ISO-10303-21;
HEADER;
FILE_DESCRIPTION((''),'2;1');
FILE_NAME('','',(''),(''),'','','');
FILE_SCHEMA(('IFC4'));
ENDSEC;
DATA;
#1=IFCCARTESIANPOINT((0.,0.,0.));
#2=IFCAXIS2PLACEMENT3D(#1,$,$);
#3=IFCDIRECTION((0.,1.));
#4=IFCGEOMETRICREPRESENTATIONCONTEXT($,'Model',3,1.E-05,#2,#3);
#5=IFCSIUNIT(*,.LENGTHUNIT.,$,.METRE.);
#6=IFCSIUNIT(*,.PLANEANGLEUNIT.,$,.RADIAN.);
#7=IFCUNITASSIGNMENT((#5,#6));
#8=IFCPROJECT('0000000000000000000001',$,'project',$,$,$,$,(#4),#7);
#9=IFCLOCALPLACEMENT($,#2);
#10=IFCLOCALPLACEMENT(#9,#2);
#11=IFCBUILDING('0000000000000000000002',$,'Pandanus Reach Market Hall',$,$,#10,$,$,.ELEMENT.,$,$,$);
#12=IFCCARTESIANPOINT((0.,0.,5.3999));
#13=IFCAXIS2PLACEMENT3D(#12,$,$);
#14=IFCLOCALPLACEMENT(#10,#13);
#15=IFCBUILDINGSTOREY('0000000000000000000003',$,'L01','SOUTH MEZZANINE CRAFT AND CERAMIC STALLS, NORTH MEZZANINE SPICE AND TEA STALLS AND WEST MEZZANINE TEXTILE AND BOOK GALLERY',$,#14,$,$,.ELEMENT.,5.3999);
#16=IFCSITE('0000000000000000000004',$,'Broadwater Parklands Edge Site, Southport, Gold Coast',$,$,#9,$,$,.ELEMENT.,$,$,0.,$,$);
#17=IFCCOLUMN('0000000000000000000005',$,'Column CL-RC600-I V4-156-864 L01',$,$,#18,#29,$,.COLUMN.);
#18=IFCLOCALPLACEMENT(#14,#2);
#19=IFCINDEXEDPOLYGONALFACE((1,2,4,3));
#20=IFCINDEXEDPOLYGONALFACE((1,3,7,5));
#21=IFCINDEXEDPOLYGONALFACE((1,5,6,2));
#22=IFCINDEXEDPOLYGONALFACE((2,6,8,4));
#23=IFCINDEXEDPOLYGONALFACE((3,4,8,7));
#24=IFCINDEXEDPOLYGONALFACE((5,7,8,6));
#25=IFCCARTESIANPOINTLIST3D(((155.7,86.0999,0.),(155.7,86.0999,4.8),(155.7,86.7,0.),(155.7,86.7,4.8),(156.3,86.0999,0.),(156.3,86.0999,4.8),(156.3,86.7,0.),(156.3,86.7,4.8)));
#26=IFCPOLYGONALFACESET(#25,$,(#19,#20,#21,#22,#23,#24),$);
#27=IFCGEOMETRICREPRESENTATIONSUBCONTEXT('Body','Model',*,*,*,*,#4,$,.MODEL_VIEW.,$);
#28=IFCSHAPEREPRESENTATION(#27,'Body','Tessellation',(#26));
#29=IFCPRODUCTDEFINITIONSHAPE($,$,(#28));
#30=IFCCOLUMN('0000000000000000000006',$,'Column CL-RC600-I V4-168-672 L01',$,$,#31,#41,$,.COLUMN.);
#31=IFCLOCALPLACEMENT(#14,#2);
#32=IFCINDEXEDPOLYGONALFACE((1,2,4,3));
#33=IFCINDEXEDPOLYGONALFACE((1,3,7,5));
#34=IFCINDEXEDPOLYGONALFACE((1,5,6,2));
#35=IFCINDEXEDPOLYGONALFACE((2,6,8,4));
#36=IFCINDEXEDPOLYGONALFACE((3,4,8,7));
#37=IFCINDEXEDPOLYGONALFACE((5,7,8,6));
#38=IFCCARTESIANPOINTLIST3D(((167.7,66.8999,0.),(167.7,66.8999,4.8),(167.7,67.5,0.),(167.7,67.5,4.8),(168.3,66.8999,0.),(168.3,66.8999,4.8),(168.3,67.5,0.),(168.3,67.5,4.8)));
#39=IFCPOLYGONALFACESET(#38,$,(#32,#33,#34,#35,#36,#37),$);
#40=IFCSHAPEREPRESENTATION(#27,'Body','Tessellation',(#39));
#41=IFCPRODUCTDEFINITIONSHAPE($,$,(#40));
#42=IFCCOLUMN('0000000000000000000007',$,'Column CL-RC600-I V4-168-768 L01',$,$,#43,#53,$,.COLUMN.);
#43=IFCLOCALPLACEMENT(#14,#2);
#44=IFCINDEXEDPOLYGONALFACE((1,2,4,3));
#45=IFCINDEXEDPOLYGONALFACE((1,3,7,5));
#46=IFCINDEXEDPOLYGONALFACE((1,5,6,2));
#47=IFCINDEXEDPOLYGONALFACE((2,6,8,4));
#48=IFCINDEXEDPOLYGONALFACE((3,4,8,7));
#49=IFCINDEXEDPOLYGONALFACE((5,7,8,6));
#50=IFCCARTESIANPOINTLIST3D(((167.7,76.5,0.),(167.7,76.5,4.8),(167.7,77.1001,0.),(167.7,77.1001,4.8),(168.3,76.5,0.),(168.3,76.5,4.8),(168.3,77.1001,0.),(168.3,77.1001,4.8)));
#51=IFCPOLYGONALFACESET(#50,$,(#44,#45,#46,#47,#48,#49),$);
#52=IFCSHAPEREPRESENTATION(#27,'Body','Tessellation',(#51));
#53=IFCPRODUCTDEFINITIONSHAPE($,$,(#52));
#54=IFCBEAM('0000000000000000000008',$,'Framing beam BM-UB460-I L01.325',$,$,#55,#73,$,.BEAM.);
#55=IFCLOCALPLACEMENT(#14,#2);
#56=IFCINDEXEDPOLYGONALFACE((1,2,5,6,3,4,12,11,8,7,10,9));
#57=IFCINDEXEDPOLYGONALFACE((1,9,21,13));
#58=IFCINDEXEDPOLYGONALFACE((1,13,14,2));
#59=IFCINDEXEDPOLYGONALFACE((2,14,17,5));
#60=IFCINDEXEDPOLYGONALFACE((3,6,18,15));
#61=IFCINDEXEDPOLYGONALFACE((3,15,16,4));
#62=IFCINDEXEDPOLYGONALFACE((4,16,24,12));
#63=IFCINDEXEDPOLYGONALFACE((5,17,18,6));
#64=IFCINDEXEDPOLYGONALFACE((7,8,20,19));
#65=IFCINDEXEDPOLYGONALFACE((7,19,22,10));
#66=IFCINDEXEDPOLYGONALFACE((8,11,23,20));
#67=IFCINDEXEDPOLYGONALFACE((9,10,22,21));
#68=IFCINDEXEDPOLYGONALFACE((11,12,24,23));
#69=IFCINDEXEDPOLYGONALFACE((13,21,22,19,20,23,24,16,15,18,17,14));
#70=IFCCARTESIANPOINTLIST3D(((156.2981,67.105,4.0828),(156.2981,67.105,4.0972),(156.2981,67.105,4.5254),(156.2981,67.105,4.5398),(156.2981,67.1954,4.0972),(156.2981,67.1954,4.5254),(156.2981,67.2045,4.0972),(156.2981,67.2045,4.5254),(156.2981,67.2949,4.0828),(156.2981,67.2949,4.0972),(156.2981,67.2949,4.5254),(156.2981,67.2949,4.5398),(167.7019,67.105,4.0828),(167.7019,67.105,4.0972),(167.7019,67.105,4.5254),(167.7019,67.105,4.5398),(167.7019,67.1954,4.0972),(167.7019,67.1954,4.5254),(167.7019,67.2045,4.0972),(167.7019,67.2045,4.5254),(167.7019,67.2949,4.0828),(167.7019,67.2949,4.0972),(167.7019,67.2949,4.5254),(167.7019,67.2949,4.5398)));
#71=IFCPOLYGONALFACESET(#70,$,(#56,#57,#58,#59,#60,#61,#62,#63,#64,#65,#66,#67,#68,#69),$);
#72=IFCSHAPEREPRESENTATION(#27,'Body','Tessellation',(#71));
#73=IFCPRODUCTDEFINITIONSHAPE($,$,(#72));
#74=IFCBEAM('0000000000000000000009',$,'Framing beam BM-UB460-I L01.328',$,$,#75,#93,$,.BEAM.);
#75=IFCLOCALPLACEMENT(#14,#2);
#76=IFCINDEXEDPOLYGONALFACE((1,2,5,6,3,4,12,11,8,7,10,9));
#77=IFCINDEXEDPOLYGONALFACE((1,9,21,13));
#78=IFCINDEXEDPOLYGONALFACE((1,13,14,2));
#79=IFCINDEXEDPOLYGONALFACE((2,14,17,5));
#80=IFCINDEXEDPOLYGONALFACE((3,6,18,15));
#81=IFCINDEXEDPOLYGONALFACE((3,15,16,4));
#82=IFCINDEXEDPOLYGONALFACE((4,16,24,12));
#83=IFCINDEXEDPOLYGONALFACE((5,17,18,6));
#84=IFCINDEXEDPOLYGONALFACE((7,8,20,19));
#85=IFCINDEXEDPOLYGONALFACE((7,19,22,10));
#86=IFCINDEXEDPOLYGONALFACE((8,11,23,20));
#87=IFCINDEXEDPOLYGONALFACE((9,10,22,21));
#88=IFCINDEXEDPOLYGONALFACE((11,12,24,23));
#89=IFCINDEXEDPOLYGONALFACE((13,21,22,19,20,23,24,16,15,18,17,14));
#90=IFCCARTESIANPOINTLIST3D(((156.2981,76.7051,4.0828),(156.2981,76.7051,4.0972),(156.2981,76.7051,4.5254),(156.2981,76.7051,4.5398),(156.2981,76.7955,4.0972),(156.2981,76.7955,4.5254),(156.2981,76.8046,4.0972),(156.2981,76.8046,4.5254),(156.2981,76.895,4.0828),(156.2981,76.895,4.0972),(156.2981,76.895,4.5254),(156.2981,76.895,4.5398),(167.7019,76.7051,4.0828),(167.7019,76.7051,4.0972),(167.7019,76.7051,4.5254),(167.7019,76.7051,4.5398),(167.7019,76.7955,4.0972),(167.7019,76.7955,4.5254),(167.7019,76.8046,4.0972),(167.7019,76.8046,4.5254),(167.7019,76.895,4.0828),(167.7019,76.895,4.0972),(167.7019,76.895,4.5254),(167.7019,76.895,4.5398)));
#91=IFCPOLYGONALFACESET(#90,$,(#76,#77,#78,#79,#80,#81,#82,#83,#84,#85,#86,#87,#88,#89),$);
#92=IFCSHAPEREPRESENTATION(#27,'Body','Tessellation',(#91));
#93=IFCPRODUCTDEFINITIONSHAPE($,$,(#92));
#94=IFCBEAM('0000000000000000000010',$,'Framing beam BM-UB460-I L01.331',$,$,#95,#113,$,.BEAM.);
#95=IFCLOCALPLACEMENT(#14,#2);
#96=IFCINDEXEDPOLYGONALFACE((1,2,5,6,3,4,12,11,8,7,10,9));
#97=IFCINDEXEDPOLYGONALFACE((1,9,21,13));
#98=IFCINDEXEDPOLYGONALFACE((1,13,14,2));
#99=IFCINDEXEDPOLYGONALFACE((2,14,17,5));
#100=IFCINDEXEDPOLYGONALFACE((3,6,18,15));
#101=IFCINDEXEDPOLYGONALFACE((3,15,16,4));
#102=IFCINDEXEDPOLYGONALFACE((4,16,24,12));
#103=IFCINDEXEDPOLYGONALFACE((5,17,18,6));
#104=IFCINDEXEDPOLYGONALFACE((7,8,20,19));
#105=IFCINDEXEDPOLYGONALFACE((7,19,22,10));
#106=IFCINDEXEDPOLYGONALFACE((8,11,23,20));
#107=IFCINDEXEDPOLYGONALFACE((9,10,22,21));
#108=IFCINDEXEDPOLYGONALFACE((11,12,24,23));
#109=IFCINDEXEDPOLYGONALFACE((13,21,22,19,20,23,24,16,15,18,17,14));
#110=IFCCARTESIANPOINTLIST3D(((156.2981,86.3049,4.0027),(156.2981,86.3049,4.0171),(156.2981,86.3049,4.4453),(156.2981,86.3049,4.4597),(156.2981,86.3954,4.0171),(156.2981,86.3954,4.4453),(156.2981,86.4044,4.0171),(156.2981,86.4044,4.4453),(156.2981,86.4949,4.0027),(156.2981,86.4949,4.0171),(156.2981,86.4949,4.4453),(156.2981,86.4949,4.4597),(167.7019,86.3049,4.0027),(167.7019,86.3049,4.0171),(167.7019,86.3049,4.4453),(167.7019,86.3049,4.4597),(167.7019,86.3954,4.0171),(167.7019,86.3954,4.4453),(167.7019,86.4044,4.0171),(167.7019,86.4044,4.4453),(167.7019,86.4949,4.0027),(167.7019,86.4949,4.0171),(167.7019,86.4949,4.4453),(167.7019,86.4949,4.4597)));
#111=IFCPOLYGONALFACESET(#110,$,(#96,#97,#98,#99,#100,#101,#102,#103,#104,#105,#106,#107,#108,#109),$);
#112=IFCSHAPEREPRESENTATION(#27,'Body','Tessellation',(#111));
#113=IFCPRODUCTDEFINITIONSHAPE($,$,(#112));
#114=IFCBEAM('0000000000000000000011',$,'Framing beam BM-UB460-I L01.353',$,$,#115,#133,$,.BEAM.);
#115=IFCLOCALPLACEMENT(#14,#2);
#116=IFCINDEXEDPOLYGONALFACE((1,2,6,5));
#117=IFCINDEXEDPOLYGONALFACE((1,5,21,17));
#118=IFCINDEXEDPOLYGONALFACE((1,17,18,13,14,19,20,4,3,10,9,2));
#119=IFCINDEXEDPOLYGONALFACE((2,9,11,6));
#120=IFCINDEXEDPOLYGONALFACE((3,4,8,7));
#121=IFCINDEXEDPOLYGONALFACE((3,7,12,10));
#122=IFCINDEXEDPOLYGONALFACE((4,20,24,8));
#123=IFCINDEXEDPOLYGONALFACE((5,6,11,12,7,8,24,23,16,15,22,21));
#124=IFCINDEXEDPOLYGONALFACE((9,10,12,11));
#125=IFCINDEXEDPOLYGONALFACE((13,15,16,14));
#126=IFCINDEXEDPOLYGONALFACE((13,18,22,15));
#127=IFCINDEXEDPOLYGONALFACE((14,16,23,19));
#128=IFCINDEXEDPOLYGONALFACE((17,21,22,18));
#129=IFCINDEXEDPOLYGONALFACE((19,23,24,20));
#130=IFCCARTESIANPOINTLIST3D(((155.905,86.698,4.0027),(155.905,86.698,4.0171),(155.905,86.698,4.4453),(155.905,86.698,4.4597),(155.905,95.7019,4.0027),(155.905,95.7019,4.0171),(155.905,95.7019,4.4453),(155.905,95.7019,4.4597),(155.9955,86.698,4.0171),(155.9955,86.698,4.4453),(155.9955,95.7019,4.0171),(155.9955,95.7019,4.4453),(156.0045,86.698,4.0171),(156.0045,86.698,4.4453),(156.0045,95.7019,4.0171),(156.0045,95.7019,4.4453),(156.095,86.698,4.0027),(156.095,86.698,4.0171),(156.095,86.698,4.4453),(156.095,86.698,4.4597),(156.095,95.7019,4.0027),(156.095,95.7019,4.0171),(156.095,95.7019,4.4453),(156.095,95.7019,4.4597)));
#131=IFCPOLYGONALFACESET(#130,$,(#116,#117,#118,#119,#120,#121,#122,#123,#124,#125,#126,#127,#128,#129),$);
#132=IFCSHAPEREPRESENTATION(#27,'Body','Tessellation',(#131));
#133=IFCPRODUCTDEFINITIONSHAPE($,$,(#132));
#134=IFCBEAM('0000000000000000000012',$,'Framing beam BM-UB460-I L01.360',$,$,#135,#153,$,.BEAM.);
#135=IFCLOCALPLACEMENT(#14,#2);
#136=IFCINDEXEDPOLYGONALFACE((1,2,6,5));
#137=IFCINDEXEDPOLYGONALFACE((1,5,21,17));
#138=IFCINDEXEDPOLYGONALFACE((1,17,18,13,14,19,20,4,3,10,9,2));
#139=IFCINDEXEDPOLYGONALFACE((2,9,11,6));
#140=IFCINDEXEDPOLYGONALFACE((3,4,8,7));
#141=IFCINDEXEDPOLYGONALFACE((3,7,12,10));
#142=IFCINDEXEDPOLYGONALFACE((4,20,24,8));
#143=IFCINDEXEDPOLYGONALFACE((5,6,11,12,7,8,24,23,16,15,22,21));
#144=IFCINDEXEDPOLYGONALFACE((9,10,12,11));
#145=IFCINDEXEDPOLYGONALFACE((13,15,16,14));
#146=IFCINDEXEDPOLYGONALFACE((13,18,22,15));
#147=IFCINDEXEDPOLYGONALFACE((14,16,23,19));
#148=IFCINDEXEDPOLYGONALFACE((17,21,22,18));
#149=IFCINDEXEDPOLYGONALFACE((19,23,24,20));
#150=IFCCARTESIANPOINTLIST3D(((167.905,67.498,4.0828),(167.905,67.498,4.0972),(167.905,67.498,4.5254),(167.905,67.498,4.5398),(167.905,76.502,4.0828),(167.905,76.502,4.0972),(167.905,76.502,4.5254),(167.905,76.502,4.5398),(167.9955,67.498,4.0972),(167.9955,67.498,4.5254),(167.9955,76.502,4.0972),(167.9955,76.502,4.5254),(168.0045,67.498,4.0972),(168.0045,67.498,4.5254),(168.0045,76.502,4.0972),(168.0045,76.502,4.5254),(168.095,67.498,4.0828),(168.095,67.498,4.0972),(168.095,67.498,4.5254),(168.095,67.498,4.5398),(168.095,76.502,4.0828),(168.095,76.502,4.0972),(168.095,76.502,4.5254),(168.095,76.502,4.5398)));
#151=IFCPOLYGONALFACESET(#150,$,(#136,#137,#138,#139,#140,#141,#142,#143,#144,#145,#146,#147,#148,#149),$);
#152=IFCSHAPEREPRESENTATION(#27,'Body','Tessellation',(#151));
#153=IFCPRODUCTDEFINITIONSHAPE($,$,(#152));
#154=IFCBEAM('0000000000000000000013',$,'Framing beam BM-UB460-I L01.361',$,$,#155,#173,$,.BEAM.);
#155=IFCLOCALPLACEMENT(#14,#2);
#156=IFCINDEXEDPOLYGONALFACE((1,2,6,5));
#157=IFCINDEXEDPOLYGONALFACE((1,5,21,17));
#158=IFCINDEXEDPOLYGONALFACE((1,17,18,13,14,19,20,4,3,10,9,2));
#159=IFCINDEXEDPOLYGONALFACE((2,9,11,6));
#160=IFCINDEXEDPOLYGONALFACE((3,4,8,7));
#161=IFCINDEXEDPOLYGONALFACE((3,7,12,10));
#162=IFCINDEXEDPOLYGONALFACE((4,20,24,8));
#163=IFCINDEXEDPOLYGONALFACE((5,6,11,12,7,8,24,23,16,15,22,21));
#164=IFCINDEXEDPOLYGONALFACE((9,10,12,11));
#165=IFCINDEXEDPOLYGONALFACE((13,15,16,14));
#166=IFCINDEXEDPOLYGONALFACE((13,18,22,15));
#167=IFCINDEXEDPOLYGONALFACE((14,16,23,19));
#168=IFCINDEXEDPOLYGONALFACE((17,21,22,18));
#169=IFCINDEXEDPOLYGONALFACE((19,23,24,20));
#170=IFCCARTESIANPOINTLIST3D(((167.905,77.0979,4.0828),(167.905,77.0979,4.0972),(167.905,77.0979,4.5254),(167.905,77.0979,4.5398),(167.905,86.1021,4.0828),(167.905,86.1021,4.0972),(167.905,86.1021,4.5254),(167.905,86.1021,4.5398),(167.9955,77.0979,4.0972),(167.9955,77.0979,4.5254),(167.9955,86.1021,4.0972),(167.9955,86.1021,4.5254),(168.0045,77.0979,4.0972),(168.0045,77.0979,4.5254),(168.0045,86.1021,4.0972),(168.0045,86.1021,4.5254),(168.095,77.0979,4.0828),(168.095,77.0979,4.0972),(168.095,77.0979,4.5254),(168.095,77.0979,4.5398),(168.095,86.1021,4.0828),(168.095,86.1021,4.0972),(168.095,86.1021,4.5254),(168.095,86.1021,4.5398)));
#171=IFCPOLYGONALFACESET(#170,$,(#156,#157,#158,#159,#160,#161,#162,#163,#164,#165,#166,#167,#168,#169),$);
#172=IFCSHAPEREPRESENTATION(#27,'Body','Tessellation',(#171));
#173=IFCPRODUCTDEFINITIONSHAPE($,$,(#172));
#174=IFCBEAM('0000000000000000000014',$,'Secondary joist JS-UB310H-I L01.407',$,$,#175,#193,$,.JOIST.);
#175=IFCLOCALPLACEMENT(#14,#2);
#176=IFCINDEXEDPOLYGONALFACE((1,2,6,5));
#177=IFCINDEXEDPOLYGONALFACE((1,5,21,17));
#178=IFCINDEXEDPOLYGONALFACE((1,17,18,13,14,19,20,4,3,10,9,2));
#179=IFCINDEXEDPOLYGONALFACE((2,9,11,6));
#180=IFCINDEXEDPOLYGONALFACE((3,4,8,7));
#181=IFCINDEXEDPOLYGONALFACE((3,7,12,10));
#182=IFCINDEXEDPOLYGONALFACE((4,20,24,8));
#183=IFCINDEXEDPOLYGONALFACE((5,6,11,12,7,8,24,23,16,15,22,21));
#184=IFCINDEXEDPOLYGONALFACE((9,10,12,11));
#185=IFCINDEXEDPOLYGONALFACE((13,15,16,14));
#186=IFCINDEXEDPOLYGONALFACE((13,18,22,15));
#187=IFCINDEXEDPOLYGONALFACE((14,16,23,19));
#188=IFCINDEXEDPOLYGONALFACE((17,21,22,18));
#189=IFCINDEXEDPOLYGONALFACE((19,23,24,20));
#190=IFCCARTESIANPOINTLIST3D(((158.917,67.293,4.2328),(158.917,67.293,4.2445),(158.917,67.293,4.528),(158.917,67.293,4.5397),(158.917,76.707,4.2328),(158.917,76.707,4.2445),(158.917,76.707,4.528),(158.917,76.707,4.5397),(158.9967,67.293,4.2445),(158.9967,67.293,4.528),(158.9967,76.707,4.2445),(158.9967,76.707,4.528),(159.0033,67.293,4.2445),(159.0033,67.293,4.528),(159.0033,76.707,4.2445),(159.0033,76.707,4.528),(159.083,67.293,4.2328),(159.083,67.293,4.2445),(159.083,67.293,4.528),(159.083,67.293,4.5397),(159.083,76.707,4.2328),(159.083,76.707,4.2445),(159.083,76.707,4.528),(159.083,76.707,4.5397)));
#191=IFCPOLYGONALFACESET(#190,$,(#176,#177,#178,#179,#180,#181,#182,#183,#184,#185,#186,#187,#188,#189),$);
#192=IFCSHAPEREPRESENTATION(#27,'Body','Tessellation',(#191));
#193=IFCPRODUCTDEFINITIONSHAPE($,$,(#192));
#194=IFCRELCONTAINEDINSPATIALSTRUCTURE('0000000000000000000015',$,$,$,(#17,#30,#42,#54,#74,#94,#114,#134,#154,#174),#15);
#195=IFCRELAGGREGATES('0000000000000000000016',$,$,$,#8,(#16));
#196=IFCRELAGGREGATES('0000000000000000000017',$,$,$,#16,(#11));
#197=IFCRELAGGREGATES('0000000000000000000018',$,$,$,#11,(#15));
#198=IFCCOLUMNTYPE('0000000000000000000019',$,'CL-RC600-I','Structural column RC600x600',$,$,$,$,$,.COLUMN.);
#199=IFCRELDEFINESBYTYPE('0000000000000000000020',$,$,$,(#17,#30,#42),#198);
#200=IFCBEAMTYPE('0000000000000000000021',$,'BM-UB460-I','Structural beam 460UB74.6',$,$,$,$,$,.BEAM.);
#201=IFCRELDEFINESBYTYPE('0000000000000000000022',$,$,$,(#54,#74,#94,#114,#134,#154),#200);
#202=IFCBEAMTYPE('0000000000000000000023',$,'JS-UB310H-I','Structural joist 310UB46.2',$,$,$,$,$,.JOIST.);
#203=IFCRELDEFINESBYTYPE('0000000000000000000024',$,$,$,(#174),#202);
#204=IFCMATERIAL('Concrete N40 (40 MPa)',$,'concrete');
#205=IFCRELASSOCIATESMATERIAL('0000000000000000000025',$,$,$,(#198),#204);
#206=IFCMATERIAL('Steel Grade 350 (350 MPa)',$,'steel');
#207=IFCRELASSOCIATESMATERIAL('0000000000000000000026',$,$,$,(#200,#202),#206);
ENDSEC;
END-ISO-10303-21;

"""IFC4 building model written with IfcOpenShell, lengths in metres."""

from ifc_helpers import new_model, si_unit, direction, frame, origin, origin_2d, place, context, subcontext, project, spatial, rectangle, i_section, extrude, material, material_profile, profile_set, type_object, element, save


model = new_model("IFC4")

# Units and contexts
model_context = context("Model", 3, precision=1e-05, world=origin(), true_north=direction((0.0, 1.0)))
body_context = subcontext(model_context, "Body", "Model", "MODEL_VIEW")
ifc_project = project(units=[si_unit("LENGTHUNIT", "METRE"), si_unit("PLANEANGLEUNIT", "RADIAN")], contexts=[model_context])

# Site, building, storey
site_placement = place(None, origin())
site = spatial("IfcSite", under=ifc_project, at=site_placement, Name="Broadwater Parklands Edge Site, Southport, Gold Coast", CompositionType="ELEMENT", RefElevation=0.0)
building_placement = place(site_placement, origin())
building = spatial("IfcBuilding", under=site, at=building_placement, Name="Pandanus Reach Market Hall", CompositionType="ELEMENT")
storey_placement = place(building_placement, frame((0.0, 0.0, 5.3999)))
storey = spatial("IfcBuildingStorey", under=building, at=storey_placement, Name="L01", Description="SOUTH MEZZANINE CRAFT AND CERAMIC STALLS, NORTH MEZZANINE SPICE AND TEA STALLS AND WEST MEZZANINE TEXTILE AND BOOK GALLERY", CompositionType="ELEMENT", Elevation=5.3999)

# Columns
ifc_material_1 = material(Name="Concrete N40 (40 MPa)", Category="concrete")
ifc_material_profile_1 = material_profile(ifc_material_1, rectangle(XDim=0.6001, YDim=0.6001, at=origin_2d()), Name="RC600x600", Category="LoadBearing")
ifc_profile_set_1 = profile_set([ifc_material_profile_1], Name="Concrete N40 (40 MPa)")
column_type = type_object("IfcColumnType", Name="CL-RC600-I", Description="Structural column RC600x600", PredefinedType="COLUMN", material=ifc_profile_set_1)
for number, where, z_axis, x_axis, name in (
    (1, (156.0, 86.3999, 0.0), (0.0, 0.0, 1.0), (1.0, 0.0, 0.0), "Column CL-RC600-I V4-156-864 L01"),
    (2, (168.0, 67.2, 0.0), (0.0, 0.0, 1.0), (1.0, 0.0, 0.0), "Column CL-RC600-I V4-168-672 L01"),
    (3, (168.0, 76.8, 0.0), (0.0, 0.0, 1.0), (1.0, 0.0, 0.0), "Column CL-RC600-I V4-168-768 L01"),
):
    element("IfcColumn", number, at=place(storey_placement, frame(where, z_axis=z_axis, x_axis=x_axis)), inside=storey, type_object=column_type, Name=name, PredefinedType="COLUMN", context=body_context, shape_type="SweptSolid", body=[
        extrude(rectangle(XDim=0.6001, YDim=0.6001, at=origin_2d()), origin(), (0.0, 0.0, 1.0), 4.8),
    ])

# Beams
ifc_material_2 = material(Name="Steel Grade 350 (350 MPa)", Category="steel")
ifc_material_profile_2 = material_profile(ifc_material_2, i_section(OverallWidth=0.1899, OverallDepth=0.457, WebThickness=0.009, FlangeThickness=0.0144, at=origin_2d()), Name="460UB74.6", Category="LoadBearing")
ifc_profile_set_2 = profile_set([ifc_material_profile_2], Name="Steel Grade 350 (350 MPa)")
beam_type_1 = type_object("IfcBeamType", Name="BM-UB460-I", Description="Structural beam 460UB74.6", PredefinedType="BEAM", material=ifc_profile_set_2)
for number, where, z_axis, x_axis, name in (
    (4, (156.2981, 67.2, 4.3113), (1.0, 0.0, 0.0), (0.0, 1.0, 0.0), "Framing beam BM-UB460-I L01.325"),
    (5, (156.2981, 76.8, 4.3113), (1.0, 0.0, 0.0), (0.0, 1.0, 0.0), "Framing beam BM-UB460-I L01.328"),
    (6, (156.2981, 86.3999, 4.2312), (1.0, 0.0, 0.0), (0.0, 1.0, 0.0), "Framing beam BM-UB460-I L01.331"),
):
    element("IfcBeam", number, at=place(storey_placement, frame(where, z_axis=z_axis, x_axis=x_axis)), inside=storey, type_object=beam_type_1, Name=name, PredefinedType="BEAM", context=body_context, shape_type="SweptSolid", body=[
        extrude(i_section(OverallWidth=0.1899, OverallDepth=0.457, WebThickness=0.009, FlangeThickness=0.0144, at=origin_2d()), origin(), (0.0, 0.0, 1.0), 11.4038),
    ])
for number, where, z_axis, x_axis, name in (
    (7, (156.0, 86.698, 4.2312), (0.0, 1.0, 0.0), (-1.0, 0.0, 0.0), "Framing beam BM-UB460-I L01.353"),
    (8, (168.0, 67.498, 4.3113), (0.0, 1.0, 0.0), (-1.0, 0.0, 0.0), "Framing beam BM-UB460-I L01.360"),
):
    element("IfcBeam", number, at=place(storey_placement, frame(where, z_axis=z_axis, x_axis=x_axis)), inside=storey, type_object=beam_type_1, Name=name, PredefinedType="BEAM", context=body_context, shape_type="SweptSolid", body=[
        extrude(i_section(OverallWidth=0.1899, OverallDepth=0.457, WebThickness=0.009, FlangeThickness=0.0144, at=origin_2d()), origin(), (0.0, 0.0, 1.0), 9.0039),
    ])
beam_placement = place(storey_placement, frame((168.0, 77.0979, 4.3113), z_axis=(0.0, 1.0, 0.0), x_axis=(-1.0, 0.0, 0.0)))
element("IfcBeam", 9, at=beam_placement, inside=storey, type_object=beam_type_1, Name="Framing beam BM-UB460-I L01.361", PredefinedType="BEAM", context=body_context, shape_type="SweptSolid", body=[
    extrude(i_section(OverallWidth=0.1899, OverallDepth=0.457, WebThickness=0.009, FlangeThickness=0.0144, at=origin_2d()), origin(), (0.0, 0.0, 1.0), 9.0042),
])
ifc_material_profile_3 = material_profile(ifc_material_2, i_section(OverallWidth=0.166, OverallDepth=0.3069, WebThickness=0.0066, FlangeThickness=0.0117, at=origin_2d()), Name="310UB46.2", Category="LoadBearing")
ifc_profile_set_3 = profile_set([ifc_material_profile_3], Name="Steel Grade 350 (350 MPa)")
beam_type_2 = type_object("IfcBeamType", Name="JS-UB310H-I", Description="Structural joist 310UB46.2", PredefinedType="JOIST", material=ifc_profile_set_3)
for number, where, z_axis, x_axis, name in (
    (10, (159.0, 67.293, 4.3862), (0.0, 1.0, 0.0), (-1.0, 0.0, 0.0), "Secondary joist JS-UB310H-I L01.407"),
):
    element("IfcBeam", number, at=place(storey_placement, frame(where, z_axis=z_axis, x_axis=x_axis)), inside=storey, type_object=beam_type_2, Name=name, PredefinedType="JOIST", context=body_context, shape_type="SweptSolid", body=[
        extrude(i_section(OverallWidth=0.166, OverallDepth=0.3069, WebThickness=0.0066, FlangeThickness=0.0117, at=origin_2d()), origin(), (0.0, 0.0, 1.0), 9.4141),
    ])

save(model, "model.ifc")
